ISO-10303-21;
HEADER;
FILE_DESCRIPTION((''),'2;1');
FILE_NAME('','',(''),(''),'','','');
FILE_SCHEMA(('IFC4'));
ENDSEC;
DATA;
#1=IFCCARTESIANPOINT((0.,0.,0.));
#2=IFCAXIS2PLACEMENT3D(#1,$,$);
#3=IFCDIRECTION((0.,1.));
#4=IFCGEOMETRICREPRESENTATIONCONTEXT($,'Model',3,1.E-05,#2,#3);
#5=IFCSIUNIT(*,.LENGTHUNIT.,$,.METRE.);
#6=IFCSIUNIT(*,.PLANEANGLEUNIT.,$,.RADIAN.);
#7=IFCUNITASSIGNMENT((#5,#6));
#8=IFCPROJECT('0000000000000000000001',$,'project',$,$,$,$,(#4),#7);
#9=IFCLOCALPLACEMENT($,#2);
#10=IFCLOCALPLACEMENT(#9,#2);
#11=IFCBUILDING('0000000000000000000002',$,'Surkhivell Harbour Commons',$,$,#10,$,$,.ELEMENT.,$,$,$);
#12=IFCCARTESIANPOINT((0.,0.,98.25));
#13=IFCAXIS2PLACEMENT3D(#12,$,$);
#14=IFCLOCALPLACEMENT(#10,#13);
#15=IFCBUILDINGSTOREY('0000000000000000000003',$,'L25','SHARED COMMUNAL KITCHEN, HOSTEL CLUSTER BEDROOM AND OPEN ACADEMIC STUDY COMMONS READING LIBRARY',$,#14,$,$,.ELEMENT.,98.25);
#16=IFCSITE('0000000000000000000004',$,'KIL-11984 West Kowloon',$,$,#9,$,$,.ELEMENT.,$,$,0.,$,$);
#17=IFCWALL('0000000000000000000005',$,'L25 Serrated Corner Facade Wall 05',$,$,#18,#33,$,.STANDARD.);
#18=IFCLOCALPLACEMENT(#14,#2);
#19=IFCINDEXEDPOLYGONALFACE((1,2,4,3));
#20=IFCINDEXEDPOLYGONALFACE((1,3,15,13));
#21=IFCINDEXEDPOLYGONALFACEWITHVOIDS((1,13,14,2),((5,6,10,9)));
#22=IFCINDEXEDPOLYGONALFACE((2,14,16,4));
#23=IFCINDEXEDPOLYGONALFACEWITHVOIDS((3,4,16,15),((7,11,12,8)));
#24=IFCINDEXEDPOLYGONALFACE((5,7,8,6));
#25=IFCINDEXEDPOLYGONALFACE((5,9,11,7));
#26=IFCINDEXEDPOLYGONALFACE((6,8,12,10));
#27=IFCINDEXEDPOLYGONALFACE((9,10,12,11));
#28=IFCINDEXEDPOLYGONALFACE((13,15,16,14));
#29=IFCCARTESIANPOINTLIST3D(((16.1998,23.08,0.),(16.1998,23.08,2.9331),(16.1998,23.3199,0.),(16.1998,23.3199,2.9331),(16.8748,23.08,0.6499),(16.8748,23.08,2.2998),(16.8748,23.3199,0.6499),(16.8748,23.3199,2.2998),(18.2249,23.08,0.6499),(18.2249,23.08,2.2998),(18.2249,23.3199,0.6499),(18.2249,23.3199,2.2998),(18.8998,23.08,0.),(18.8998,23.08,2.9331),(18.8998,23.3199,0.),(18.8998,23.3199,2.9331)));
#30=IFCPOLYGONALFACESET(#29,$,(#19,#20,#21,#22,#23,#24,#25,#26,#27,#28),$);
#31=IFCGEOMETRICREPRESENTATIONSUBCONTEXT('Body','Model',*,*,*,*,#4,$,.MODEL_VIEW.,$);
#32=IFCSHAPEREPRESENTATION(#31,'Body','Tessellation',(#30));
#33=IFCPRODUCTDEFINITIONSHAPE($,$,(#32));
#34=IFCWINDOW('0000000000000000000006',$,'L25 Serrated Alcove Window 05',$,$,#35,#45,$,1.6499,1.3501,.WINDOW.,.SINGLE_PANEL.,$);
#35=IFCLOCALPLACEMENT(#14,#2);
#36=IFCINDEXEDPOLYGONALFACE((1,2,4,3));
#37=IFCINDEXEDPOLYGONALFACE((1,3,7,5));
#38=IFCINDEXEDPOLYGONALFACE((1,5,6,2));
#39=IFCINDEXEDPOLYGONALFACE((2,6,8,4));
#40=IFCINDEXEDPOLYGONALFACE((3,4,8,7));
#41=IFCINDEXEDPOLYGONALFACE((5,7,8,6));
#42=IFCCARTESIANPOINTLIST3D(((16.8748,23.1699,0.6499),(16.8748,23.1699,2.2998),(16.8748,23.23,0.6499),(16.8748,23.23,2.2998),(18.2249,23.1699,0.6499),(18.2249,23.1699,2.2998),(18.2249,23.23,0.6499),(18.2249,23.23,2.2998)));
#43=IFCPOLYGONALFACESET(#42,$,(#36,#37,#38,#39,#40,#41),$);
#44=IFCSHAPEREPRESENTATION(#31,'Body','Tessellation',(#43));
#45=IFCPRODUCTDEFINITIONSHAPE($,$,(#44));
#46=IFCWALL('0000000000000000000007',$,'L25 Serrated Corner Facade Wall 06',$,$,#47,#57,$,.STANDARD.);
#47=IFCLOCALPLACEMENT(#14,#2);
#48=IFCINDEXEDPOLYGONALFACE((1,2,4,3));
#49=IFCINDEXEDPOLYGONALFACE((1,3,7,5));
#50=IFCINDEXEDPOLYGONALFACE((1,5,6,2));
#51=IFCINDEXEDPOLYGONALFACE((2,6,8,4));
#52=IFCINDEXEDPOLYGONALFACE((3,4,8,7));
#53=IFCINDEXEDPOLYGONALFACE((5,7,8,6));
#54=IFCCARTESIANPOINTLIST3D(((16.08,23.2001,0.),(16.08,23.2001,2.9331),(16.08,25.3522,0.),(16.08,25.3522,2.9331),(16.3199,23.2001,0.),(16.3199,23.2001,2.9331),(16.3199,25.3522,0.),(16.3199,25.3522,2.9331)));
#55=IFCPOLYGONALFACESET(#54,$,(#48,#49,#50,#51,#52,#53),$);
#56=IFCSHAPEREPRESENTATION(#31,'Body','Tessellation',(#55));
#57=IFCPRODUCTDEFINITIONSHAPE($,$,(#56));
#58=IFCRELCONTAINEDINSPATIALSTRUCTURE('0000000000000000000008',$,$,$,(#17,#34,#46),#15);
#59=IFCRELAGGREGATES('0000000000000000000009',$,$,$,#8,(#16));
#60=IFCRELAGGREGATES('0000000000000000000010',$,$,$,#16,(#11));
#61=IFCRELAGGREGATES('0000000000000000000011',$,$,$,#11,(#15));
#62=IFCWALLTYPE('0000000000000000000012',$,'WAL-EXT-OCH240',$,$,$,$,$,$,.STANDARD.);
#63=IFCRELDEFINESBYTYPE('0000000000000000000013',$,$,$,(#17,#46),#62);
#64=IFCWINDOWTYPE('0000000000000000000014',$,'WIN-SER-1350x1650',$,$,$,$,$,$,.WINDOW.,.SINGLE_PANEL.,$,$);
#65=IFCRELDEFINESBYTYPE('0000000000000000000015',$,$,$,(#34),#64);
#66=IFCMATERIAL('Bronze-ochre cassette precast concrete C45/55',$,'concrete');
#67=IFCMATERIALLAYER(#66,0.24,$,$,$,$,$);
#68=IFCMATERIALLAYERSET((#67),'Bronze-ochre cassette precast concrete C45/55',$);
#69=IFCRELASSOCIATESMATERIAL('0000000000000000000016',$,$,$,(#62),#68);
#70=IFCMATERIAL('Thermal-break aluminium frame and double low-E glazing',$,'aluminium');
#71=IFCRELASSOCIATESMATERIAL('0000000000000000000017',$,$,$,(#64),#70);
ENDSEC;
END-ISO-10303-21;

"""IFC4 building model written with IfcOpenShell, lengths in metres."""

from ifc_helpers import new_model, si_unit, direction, frame, frame_2d, origin, place, context, subcontext, project, spatial, rectangle, extrude, material, layer, layer_set, type_object, element, fill, save


model = new_model("IFC4")

# Units and contexts
model_context = context("Model", 3, precision=1e-05, world=origin(), true_north=direction((0.0, 1.0)))
body_context = subcontext(model_context, "Body", "Model", "MODEL_VIEW")
ifc_project = project(units=[si_unit("LENGTHUNIT", "METRE"), si_unit("PLANEANGLEUNIT", "RADIAN")], contexts=[model_context])

# Site, building, storey
site_placement = place(None, origin())
site = spatial("IfcSite", under=ifc_project, at=site_placement, Name="KIL-11984 West Kowloon", CompositionType="ELEMENT", RefElevation=0.0)
building_placement = place(site_placement, origin())
building = spatial("IfcBuilding", under=site, at=building_placement, Name="Surkhivell Harbour Commons", CompositionType="ELEMENT")
storey_placement = place(building_placement, frame((0.0, 0.0, 98.25)))
storey = spatial("IfcBuildingStorey", under=building, at=storey_placement, Name="L25", Description="SHARED COMMUNAL KITCHEN, HOSTEL CLUSTER BEDROOM AND OPEN ACADEMIC STUDY COMMONS READING LIBRARY", CompositionType="ELEMENT", Elevation=98.25)

# Shared definitions
ifc_material_1 = material(Name="Bronze-ochre cassette precast concrete C45/55", Category="concrete")
ifc_layer_1 = layer(ifc_material_1, 0.24)
ifc_layer_set_1 = layer_set([ifc_layer_1], Name="Bronze-ochre cassette precast concrete C45/55")
wall_type = type_object("IfcWallType", Name="WAL-EXT-OCH240", PredefinedType="STANDARD", material=ifc_layer_set_1)

# Wall, opening, window
wall_1_placement = place(storey_placement, frame((18.8999, 23.2, 0.0), z_axis=(0.0, 0.0, 1.0), x_axis=(-1.0, 0.0, 0.0)))
wall_1 = element("IfcWall", 1, at=wall_1_placement, inside=storey, type_object=wall_type, Name="L25 Serrated Corner Facade Wall 05", PredefinedType="STANDARD", context=body_context, shape_type="SweptSolid", body=[
    extrude(rectangle(XDim=2.7, YDim=0.24, at=frame_2d((1.3501, 0.0))), origin(), (0.0, 0.0, 1.0), 2.9331),
])
opening_placement = place(wall_1_placement, frame((0.675, 0.0, 0.6499)))
opening = element("IfcOpeningElement", 2, at=opening_placement, cuts=wall_1, PredefinedType="OPENING", context=body_context, shape_type="SweptSolid", body=[
    extrude(rectangle(XDim=1.3501, YDim=1.6499, at=frame_2d((0.675, 0.825))), frame((0.0, 0.1299, 0.0), z_axis=(0.0, -1.0, 0.0), x_axis=(1.0, 0.0, 0.0)), (0.0, 0.0, 1.0), 0.26),
])
ifc_material_2 = material(Name="Thermal-break aluminium frame and double low-E glazing", Category="aluminium")
window_type = type_object("IfcWindowType", Name="WIN-SER-1350x1650", PartitioningType="SINGLE_PANEL", PredefinedType="WINDOW", material=ifc_material_2)
window_placement = place(opening_placement, origin())
window = element("IfcWindow", 3, at=window_placement, inside=storey, type_object=window_type, Name="L25 Serrated Alcove Window 05", OverallHeight=1.6499, OverallWidth=1.3501, PartitioningType="SINGLE_PANEL", PredefinedType="WINDOW", context=body_context, shape_type="SweptSolid", body=[
    extrude(rectangle(XDim=1.3501, YDim=1.6499, at=frame_2d((0.675, 0.825))), frame((0.0, 0.03, 0.0), z_axis=(0.0, -1.0, 0.0), x_axis=(1.0, 0.0, 0.0)), (0.0, 0.0, 1.0), 0.0601),
])
fill(opening, window)

# Wall
wall_2_placement = place(storey_placement, frame((16.2, 23.2, 0.0), z_axis=(0.0, 0.0, 1.0), x_axis=(0.0, 1.0, 0.0)))
element("IfcWall", 4, at=wall_2_placement, inside=storey, type_object=wall_type, Name="L25 Serrated Corner Facade Wall 06", PredefinedType="STANDARD", context=body_context, shape_type="SweptSolid", body=[
    extrude(rectangle(XDim=2.1521, YDim=0.24, at=frame_2d((1.0762, 0.0))), origin(), (0.0, 0.0, 1.0), 2.9331),
])

save(model, "model.ifc")
